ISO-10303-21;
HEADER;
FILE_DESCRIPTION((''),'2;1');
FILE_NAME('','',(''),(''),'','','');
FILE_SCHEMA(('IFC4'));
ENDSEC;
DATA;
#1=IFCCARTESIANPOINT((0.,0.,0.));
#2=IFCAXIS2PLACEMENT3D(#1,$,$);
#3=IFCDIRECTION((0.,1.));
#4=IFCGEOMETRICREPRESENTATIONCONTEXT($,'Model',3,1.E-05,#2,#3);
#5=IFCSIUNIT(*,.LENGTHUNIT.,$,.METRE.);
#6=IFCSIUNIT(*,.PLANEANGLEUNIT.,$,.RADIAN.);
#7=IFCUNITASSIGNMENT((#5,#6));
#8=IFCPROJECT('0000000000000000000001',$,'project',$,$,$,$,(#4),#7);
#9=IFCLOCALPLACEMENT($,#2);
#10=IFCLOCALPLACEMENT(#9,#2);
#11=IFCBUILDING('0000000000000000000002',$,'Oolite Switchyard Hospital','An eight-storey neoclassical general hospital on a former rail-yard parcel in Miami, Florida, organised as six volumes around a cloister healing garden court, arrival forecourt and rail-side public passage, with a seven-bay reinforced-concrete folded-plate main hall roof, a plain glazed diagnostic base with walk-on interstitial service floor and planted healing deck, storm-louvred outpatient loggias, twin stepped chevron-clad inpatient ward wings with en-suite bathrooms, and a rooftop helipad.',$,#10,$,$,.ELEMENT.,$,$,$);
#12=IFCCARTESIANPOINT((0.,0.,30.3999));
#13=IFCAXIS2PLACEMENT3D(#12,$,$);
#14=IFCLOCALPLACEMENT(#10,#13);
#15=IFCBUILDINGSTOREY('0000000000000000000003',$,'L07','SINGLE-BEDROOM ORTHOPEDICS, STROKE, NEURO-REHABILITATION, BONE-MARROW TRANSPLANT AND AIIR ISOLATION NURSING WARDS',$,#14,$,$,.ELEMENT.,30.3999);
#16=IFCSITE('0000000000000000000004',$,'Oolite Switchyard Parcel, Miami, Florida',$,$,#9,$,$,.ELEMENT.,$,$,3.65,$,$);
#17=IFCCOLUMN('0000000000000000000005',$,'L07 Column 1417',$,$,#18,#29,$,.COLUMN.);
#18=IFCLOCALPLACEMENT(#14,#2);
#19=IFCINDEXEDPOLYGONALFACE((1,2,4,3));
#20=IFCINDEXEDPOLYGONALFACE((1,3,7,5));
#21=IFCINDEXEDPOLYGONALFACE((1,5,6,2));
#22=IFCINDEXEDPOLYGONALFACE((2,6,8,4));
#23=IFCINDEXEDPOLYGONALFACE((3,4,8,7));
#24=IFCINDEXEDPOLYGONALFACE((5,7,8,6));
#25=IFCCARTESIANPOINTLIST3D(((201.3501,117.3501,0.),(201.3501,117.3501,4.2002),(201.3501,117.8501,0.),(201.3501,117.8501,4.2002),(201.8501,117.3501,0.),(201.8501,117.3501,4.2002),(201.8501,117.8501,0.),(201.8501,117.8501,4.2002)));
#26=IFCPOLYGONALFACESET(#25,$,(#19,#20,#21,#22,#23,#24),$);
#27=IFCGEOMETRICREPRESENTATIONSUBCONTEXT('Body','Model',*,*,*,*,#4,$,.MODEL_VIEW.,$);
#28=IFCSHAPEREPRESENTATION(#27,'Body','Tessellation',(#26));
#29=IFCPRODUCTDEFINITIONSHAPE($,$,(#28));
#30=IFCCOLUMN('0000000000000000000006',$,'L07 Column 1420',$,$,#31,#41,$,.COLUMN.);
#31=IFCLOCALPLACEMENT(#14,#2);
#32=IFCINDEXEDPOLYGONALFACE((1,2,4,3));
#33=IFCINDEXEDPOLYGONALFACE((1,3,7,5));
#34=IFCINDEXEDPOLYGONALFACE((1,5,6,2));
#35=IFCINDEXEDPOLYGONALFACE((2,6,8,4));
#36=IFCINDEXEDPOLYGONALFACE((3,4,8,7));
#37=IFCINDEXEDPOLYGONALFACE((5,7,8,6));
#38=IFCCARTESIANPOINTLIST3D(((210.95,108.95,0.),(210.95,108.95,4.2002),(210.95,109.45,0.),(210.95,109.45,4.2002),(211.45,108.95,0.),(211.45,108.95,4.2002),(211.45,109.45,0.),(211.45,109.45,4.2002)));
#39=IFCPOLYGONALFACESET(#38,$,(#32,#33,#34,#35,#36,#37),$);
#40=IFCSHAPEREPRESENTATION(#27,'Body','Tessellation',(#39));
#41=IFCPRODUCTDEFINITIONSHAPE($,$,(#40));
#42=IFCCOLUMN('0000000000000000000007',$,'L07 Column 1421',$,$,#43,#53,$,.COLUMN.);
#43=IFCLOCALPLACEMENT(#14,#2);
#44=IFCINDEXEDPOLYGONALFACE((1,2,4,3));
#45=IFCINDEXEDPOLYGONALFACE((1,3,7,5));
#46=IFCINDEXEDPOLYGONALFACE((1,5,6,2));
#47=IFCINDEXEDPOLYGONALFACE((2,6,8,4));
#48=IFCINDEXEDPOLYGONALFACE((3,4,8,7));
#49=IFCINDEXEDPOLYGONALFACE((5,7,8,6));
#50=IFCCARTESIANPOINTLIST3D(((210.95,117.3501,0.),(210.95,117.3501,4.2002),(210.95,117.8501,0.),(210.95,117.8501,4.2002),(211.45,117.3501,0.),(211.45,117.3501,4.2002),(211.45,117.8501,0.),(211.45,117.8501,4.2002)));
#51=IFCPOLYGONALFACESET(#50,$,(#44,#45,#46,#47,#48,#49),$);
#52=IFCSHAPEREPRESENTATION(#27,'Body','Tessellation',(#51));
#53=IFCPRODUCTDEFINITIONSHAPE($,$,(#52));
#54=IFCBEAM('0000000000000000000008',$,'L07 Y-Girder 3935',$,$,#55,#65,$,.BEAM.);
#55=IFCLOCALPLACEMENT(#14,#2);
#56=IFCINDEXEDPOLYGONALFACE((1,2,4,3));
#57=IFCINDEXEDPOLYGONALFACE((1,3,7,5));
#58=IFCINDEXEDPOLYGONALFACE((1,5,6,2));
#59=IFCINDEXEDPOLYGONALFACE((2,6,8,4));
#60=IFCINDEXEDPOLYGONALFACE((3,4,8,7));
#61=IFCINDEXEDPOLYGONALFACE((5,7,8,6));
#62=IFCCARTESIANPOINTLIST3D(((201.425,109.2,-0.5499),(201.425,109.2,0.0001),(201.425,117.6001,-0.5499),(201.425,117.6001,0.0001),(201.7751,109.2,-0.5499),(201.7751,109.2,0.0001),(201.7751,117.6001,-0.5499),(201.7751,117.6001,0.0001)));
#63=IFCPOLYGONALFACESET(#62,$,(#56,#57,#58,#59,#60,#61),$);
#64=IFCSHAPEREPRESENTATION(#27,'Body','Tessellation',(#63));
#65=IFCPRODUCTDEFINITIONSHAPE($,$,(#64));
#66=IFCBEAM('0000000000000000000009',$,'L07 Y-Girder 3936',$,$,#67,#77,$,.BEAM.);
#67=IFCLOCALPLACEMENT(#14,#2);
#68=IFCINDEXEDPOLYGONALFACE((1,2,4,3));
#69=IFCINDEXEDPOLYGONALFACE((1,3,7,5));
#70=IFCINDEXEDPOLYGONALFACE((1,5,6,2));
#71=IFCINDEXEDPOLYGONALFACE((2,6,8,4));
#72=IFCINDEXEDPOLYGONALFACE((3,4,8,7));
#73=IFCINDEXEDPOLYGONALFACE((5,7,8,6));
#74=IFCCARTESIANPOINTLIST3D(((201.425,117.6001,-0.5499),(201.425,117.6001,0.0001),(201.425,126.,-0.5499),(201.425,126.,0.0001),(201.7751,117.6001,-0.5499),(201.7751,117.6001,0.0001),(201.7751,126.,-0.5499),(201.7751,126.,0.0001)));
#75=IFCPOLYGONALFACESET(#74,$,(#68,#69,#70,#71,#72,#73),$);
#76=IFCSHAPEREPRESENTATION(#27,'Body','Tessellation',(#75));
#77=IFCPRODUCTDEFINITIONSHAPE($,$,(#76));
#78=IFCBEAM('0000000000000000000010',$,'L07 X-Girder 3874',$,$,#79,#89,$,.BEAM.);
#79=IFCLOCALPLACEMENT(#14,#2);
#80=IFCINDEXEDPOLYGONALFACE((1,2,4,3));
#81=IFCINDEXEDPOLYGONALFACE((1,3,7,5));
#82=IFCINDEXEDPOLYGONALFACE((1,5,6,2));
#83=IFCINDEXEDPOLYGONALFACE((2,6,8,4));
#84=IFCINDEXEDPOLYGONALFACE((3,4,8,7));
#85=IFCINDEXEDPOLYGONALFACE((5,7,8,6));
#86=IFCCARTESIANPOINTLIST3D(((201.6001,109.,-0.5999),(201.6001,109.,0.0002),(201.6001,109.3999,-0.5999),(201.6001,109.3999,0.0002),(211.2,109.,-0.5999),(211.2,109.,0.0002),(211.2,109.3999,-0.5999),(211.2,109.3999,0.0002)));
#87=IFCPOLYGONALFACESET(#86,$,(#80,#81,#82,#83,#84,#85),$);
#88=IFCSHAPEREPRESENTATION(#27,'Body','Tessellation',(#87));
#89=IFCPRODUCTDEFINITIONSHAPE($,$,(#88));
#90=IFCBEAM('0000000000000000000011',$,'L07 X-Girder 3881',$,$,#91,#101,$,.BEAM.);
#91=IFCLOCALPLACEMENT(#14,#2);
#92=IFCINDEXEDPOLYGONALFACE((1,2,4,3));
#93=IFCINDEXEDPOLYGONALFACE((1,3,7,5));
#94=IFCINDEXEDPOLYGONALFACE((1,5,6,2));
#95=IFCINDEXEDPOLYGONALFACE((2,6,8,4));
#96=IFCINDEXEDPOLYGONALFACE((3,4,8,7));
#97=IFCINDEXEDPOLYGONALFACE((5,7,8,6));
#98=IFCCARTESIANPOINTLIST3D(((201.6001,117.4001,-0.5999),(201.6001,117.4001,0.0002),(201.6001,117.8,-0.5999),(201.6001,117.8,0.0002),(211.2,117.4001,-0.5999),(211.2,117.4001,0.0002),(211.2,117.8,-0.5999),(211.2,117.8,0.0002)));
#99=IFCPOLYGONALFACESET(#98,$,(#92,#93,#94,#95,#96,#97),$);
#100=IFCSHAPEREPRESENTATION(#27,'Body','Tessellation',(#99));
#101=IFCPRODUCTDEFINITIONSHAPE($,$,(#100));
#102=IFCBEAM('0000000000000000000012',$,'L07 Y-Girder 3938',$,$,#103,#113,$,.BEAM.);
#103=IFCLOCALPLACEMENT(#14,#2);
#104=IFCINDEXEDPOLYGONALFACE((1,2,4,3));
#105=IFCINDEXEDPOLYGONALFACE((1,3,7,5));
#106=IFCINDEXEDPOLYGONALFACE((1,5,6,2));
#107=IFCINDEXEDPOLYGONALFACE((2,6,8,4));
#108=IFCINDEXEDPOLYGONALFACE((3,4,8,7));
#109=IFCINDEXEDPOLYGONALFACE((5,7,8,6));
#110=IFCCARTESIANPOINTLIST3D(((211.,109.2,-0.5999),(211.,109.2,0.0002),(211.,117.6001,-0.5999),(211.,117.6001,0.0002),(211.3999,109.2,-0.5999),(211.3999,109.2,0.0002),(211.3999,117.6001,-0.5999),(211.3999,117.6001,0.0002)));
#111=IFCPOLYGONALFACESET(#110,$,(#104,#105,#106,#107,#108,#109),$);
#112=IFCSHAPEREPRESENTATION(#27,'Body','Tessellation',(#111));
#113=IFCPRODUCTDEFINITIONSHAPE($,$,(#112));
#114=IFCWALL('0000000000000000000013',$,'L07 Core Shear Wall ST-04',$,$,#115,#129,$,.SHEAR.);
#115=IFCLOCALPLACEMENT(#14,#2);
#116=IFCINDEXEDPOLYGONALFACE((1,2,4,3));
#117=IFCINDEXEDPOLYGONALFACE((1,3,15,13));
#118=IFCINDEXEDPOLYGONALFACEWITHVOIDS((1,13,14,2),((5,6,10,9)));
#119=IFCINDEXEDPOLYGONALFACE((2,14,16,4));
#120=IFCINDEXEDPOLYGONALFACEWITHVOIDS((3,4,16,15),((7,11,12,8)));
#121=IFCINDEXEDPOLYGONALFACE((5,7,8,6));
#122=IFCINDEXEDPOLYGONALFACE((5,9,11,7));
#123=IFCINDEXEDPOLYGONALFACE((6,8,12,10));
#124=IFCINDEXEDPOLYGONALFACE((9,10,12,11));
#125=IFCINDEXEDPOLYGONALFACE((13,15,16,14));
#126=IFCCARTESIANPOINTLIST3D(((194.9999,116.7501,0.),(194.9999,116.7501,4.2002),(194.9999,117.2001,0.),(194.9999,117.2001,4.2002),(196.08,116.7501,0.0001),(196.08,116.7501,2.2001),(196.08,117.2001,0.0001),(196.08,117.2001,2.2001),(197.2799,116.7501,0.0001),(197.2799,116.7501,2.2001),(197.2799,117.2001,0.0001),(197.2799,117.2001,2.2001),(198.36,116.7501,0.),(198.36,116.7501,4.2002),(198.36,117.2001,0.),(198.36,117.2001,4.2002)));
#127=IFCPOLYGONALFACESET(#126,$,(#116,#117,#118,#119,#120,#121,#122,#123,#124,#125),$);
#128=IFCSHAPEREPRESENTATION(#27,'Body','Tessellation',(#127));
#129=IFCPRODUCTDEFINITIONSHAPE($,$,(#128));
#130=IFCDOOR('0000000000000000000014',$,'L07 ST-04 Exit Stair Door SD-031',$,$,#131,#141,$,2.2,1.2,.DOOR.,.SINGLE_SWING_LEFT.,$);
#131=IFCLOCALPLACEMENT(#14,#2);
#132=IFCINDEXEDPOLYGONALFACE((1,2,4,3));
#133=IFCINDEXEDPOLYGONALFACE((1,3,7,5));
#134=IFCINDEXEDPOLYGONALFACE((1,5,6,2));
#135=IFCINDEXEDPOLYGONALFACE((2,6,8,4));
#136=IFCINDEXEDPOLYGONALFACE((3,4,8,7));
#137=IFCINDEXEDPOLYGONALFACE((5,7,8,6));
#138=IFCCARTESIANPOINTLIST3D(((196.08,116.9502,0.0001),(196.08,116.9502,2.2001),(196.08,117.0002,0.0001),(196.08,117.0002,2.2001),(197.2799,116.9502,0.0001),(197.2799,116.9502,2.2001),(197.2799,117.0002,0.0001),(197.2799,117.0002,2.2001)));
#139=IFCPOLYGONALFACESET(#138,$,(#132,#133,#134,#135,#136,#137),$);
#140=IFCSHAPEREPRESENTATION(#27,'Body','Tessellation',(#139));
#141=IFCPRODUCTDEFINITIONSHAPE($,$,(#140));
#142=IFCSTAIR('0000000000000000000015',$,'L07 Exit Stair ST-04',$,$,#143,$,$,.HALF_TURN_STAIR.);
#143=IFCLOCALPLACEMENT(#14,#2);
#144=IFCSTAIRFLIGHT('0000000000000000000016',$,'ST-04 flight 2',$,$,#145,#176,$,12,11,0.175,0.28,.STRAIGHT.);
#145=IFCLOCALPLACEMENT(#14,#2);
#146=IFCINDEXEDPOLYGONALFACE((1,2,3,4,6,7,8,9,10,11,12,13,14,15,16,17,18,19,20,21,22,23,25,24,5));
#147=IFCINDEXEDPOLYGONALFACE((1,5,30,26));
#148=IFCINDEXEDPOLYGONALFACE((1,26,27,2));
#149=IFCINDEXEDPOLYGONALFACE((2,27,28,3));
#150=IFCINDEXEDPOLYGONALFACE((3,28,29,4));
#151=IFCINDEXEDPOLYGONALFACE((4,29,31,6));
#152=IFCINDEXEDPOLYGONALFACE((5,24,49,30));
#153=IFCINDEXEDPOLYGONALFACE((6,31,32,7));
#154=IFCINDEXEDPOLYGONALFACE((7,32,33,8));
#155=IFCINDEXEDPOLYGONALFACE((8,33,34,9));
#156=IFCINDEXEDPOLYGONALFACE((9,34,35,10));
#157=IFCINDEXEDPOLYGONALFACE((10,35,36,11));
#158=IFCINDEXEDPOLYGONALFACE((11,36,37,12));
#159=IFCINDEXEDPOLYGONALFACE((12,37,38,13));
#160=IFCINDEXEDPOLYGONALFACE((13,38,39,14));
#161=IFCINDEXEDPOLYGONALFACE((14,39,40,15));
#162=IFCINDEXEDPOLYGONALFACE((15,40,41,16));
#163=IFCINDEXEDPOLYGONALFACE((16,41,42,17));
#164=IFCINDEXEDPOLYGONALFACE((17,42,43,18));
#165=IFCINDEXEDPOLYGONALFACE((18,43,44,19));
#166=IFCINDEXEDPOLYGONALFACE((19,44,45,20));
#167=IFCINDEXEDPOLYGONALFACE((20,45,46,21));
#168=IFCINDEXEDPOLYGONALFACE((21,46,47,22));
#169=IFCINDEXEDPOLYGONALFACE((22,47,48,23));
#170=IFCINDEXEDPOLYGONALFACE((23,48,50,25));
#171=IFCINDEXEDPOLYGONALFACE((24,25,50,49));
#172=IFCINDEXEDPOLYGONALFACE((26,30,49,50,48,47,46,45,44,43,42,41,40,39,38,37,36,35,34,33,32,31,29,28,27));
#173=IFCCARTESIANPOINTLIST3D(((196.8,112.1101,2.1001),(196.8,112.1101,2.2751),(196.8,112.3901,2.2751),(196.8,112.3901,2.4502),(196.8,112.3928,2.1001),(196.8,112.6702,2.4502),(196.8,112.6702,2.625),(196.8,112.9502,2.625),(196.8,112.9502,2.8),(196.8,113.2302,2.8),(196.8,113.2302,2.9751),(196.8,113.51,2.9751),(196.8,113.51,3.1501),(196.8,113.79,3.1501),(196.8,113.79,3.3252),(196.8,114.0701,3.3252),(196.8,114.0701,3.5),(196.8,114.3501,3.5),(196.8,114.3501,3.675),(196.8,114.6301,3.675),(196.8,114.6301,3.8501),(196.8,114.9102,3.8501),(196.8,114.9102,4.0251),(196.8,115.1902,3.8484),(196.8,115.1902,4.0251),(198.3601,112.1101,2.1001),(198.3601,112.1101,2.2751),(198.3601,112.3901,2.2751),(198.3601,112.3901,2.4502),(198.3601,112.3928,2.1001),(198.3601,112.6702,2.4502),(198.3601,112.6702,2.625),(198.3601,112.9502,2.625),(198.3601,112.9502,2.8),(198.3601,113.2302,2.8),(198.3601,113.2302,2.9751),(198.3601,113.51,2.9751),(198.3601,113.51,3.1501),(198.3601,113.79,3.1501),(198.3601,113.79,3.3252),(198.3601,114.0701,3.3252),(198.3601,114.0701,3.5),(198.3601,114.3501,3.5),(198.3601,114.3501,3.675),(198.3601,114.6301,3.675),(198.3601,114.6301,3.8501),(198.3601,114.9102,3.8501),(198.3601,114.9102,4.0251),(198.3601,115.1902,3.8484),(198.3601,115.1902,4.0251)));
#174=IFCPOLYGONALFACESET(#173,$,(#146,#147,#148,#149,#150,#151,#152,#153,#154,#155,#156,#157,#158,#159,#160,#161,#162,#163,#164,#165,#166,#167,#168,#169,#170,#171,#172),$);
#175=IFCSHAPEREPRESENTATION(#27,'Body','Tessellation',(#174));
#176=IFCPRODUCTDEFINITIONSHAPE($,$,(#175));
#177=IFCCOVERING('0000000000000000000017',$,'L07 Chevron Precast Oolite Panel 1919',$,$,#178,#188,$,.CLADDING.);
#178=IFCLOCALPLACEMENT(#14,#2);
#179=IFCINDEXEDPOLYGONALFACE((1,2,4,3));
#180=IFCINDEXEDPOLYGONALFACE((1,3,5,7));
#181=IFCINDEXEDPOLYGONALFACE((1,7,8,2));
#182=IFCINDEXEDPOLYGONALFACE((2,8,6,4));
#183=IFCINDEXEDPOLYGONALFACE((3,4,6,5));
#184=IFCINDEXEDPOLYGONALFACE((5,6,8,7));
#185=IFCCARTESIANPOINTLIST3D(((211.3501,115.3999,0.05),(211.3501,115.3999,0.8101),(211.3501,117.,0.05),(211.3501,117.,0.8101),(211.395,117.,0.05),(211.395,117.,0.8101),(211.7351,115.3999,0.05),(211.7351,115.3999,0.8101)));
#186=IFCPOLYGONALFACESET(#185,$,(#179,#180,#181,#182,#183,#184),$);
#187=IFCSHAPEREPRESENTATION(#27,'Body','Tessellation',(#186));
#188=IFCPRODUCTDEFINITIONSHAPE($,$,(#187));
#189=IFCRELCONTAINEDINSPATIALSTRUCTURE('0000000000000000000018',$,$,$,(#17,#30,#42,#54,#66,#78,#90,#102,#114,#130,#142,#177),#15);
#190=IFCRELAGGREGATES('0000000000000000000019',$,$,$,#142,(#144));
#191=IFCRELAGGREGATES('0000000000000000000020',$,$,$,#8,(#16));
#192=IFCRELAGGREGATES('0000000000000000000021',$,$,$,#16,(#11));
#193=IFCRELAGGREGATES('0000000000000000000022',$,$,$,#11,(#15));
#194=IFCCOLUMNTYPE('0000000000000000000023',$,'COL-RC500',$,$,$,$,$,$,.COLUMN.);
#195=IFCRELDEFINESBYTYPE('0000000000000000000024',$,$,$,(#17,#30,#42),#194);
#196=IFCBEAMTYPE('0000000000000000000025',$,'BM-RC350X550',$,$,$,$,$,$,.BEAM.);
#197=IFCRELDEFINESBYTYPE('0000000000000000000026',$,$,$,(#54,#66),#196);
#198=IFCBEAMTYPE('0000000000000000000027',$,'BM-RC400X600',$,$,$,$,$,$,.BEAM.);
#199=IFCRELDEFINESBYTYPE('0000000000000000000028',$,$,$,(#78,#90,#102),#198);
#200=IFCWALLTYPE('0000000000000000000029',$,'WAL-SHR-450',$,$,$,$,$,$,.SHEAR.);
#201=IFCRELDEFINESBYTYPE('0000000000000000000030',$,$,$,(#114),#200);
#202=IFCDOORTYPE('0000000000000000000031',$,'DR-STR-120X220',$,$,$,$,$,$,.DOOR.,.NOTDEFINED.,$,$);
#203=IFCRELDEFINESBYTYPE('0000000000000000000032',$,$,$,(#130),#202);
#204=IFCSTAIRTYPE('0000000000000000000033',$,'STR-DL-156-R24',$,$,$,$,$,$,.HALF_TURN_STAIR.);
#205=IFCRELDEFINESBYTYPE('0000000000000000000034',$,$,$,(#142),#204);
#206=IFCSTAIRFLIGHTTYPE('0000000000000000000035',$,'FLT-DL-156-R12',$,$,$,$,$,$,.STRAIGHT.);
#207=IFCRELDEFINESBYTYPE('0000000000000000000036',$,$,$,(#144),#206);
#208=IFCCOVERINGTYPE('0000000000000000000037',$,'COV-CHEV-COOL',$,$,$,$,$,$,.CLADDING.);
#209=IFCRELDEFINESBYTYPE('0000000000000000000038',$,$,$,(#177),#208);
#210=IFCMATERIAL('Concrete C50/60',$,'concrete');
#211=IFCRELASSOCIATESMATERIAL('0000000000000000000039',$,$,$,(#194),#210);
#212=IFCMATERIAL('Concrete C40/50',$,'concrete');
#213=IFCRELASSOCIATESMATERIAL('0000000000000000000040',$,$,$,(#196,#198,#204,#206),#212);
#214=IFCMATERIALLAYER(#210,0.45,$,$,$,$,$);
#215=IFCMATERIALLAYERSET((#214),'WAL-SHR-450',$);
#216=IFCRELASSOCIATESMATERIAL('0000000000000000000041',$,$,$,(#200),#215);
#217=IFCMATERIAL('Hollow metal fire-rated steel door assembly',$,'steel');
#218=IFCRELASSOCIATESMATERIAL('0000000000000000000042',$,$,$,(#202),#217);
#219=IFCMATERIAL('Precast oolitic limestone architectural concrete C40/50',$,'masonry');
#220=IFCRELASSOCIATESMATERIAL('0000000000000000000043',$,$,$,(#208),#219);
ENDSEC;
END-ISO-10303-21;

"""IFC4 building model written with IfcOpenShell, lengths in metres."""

from ifc_helpers import new_model, si_unit, direction, frame, frame_2d, origin, origin_2d, place, context, subcontext, project, spatial, polyline, rectangle, outline, extrude, material, layer, layer_set, material_profile, profile_set, type_object, element, fill, aggregate, save


model = new_model("IFC4")

# Units and contexts
model_context = context("Model", 3, precision=1e-05, world=origin(), true_north=direction((0.0, 1.0)))
body_context = subcontext(model_context, "Body", "Model", "MODEL_VIEW")
ifc_project = project(units=[si_unit("LENGTHUNIT", "METRE"), si_unit("PLANEANGLEUNIT", "RADIAN")], contexts=[model_context])

# Site, building, storey
site_placement = place(None, origin())
site = spatial("IfcSite", under=ifc_project, at=site_placement, Name="Oolite Switchyard Parcel, Miami, Florida", CompositionType="ELEMENT", RefElevation=3.65)
building_placement = place(site_placement, origin())
building = spatial("IfcBuilding", under=site, at=building_placement, Name="Oolite Switchyard Hospital", Description="An eight-storey neoclassical general hospital on a former rail-yard parcel in Miami, Florida, organised as six volumes around a cloister healing garden court, arrival forecourt and rail-side public passage, with a seven-bay reinforced-concrete folded-plate main hall roof, a plain glazed diagnostic base with walk-on interstitial service floor and planted healing deck, storm-louvred outpatient loggias, twin stepped chevron-clad inpatient ward wings with en-suite bathrooms, and a rooftop helipad.", CompositionType="ELEMENT")
storey_placement = place(building_placement, frame((0.0, 0.0, 30.3999)))
storey = spatial("IfcBuildingStorey", under=building, at=storey_placement, Name="L07", Description="SINGLE-BEDROOM ORTHOPEDICS, STROKE, NEURO-REHABILITATION, BONE-MARROW TRANSPLANT AND AIIR ISOLATION NURSING WARDS", CompositionType="ELEMENT", Elevation=30.3999)

# Columns
ifc_material_1 = material(Name="Concrete C50/60", Category="concrete")
ifc_material_profile_1 = material_profile(ifc_material_1, rectangle(XDim=0.5, YDim=0.5, at=origin_2d()), Name="RC500X500")
ifc_profile_set_1 = profile_set([ifc_material_profile_1], Name="Concrete C50/60")
column_type = type_object("IfcColumnType", Name="COL-RC500", PredefinedType="COLUMN", material=ifc_profile_set_1)
for number, where, z_axis, x_axis, name in (
    (1, (201.6001, 117.6001, 0.0), (0.0, 0.0, 1.0), (1.0, 0.0, 0.0), "L07 Column 1417"),
    (2, (211.2, 109.2, 0.0), (0.0, 0.0, 1.0), (1.0, 0.0, 0.0), "L07 Column 1420"),
    (3, (211.2, 117.6001, 0.0), (0.0, 0.0, 1.0), (1.0, 0.0, 0.0), "L07 Column 1421"),
):
    element("IfcColumn", number, at=place(storey_placement, frame(where, z_axis=z_axis, x_axis=x_axis)), inside=storey, type_object=column_type, Name=name, PredefinedType="COLUMN", context=body_context, shape_type="SweptSolid", body=[
        extrude(rectangle(XDim=0.5, YDim=0.5, at=origin_2d()), origin(), (0.0, 0.0, 1.0), 4.2002),
    ])

# Beams
ifc_material_2 = material(Name="Concrete C40/50", Category="concrete")
ifc_material_profile_2 = material_profile(ifc_material_2, rectangle(XDim=0.3501, YDim=0.55, at=origin_2d()), Name="RCB350X550")
ifc_profile_set_2 = profile_set([ifc_material_profile_2], Name="Concrete C40/50")
beam_type_1 = type_object("IfcBeamType", Name="BM-RC350X550", PredefinedType="BEAM", material=ifc_profile_set_2)
beam_1_placement = place(storey_placement, frame((201.6001, 109.2, -0.2749), z_axis=(0.0, 1.0, 0.0), x_axis=(-1.0, 0.0, 0.0)))
element("IfcBeam", 4, at=beam_1_placement, inside=storey, type_object=beam_type_1, Name="L07 Y-Girder 3935", PredefinedType="BEAM", context=body_context, shape_type="SweptSolid", body=[
    extrude(rectangle(XDim=0.3501, YDim=0.55, at=origin_2d()), origin(), (0.0, 0.0, 1.0), 8.4001),
])
beam_2_placement = place(storey_placement, frame((201.6001, 117.6001, -0.2749), z_axis=(0.0, 1.0, 0.0), x_axis=(-1.0, 0.0, 0.0)))
element("IfcBeam", 5, at=beam_2_placement, inside=storey, type_object=beam_type_1, Name="L07 Y-Girder 3936", PredefinedType="BEAM", context=body_context, shape_type="SweptSolid", body=[
    extrude(rectangle(XDim=0.3501, YDim=0.55, at=origin_2d()), origin(), (0.0, 0.0, 1.0), 8.3999),
])
ifc_material_profile_3 = material_profile(ifc_material_2, rectangle(XDim=0.3999, YDim=0.6001, at=origin_2d()), Name="RCB400X600")
ifc_profile_set_3 = profile_set([ifc_material_profile_3], Name="Concrete C40/50")
beam_type_2 = type_object("IfcBeamType", Name="BM-RC400X600", PredefinedType="BEAM", material=ifc_profile_set_3)
for number, where, z_axis, x_axis, name in (
    (6, (201.6001, 109.2, -0.2998), (1.0, 0.0, 0.0), (0.0, 1.0, 0.0), "L07 X-Girder 3874"),
    (7, (201.6001, 117.6001, -0.2998), (1.0, 0.0, 0.0), (0.0, 1.0, 0.0), "L07 X-Girder 3881"),
):
    element("IfcBeam", number, at=place(storey_placement, frame(where, z_axis=z_axis, x_axis=x_axis)), inside=storey, type_object=beam_type_2, Name=name, PredefinedType="BEAM", context=body_context, shape_type="SweptSolid", body=[
        extrude(rectangle(XDim=0.3999, YDim=0.6001, at=origin_2d()), origin(), (0.0, 0.0, 1.0), 9.5999),
    ])
beam_3_placement = place(storey_placement, frame((211.2, 109.2, -0.2998), z_axis=(0.0, 1.0, 0.0), x_axis=(-1.0, 0.0, 0.0)))
element("IfcBeam", 8, at=beam_3_placement, inside=storey, type_object=beam_type_2, Name="L07 Y-Girder 3938", PredefinedType="BEAM", context=body_context, shape_type="SweptSolid", body=[
    extrude(rectangle(XDim=0.3999, YDim=0.6001, at=origin_2d()), origin(), (0.0, 0.0, 1.0), 8.4001),
])

# Wall, opening, door
ifc_layer = layer(ifc_material_1, 0.45)
ifc_layer_set = layer_set([ifc_layer], Name="WAL-SHR-450")
wall_type = type_object("IfcWallType", Name="WAL-SHR-450", PredefinedType="SHEAR", material=ifc_layer_set)
wall_placement = place(storey_placement, frame((198.3601, 116.9751, 0.0), z_axis=(0.0, 0.0, 1.0), x_axis=(-1.0, 0.0, 0.0)))
wall = element("IfcWall", 9, at=wall_placement, inside=storey, type_object=wall_type, Name="L07 Core Shear Wall ST-04", PredefinedType="SHEAR", context=body_context, shape_type="SweptSolid", body=[
    extrude(rectangle(XDim=3.3601, YDim=0.45, at=frame_2d((1.6802, 0.0))), origin(), (0.0, 0.0, 1.0), 4.2002),
])
opening_placement = place(wall_placement, frame((1.0801, 0.0, 0.0)))
opening = element("IfcOpeningElement", 10, at=opening_placement, cuts=wall, PredefinedType="OPENING", context=body_context, shape_type="SweptSolid", body=[
    extrude(rectangle(XDim=1.2, YDim=2.2, at=frame_2d((0.6001, 1.1001))), frame((0.0, 0.2349, 0.0), z_axis=(0.0, -1.0, 0.0), x_axis=(1.0, 0.0, 0.0)), (0.0, 0.0, 1.0), 0.47),
])
ifc_material_3 = material(Name="Hollow metal fire-rated steel door assembly", Category="steel")
door_type = type_object("IfcDoorType", Name="DR-STR-120X220", OperationType="NOTDEFINED", PredefinedType="DOOR", material=ifc_material_3)
door_placement = place(opening_placement, origin())
door = element("IfcDoor", 11, at=door_placement, inside=storey, type_object=door_type, Name="L07 ST-04 Exit Stair Door SD-031", OperationType="SINGLE_SWING_LEFT", OverallHeight=2.2, OverallWidth=1.2, PredefinedType="DOOR", context=body_context, shape_type="SweptSolid", body=[
    extrude(rectangle(XDim=1.2, YDim=2.2, at=frame_2d((0.6001, 1.1001))), frame((0.0, 0.0249, 0.0), z_axis=(0.0, -1.0, 0.0), x_axis=(1.0, 0.0, 0.0)), (0.0, 0.0, 1.0), 0.05),
])
fill(opening, door)

# Stair, stair flight
stair_type = type_object("IfcStairType", Name="STR-DL-156-R24", PredefinedType="HALF_TURN_STAIR", material=ifc_material_2)
stair_placement = place(storey_placement, origin())
stair = element("IfcStair", 12, at=stair_placement, inside=storey, type_object=stair_type, Name="L07 Exit Stair ST-04", PredefinedType="HALF_TURN_STAIR")
stair_flight_type = type_object("IfcStairFlightType", Name="FLT-DL-156-R12", PredefinedType="STRAIGHT", material=ifc_material_2)
stair_flight_placement = place(storey_placement, frame((197.5801, 112.1101, 2.1001), z_axis=(0.0, 0.0, 1.0), x_axis=(0.0, 1.0, 0.0)))
stair_flight = element("IfcStairFlight", 13, at=stair_flight_placement, type_object=stair_flight_type, Name="ST-04 flight 2", NumberOfRisers=12, NumberOfTreads=11, PredefinedType="STRAIGHT", RiserHeight=0.175, TreadLength=0.28, context=body_context, shape_type="SweptSolid", body=[
    extrude(outline(polyline([(0.0, 0.0), (0.0, 0.175), (0.28, 0.175), (0.28, 0.3501), (0.5601, 0.3501), (0.5601, 0.5249), (0.8401, 0.5249), (0.8401, 0.7), (1.1201, 0.7), (1.1201, 0.875), (1.3999, 0.875), (1.3999, 1.05), (1.6799, 1.05), (1.6799, 1.2251), (1.96, 1.2251), (1.96, 1.3999), (2.24, 1.3999), (2.24, 1.575), (2.52, 1.575), (2.52, 1.75), (2.8, 1.75), (2.8, 1.925), (3.0801, 1.925), (3.0801, 2.1001), (3.0801, 1.7483), (0.2827, 0.0), (0.0, 0.0)])), frame((0.0, 0.78, 0.0), z_axis=(0.0, -1.0, 0.0), x_axis=(1.0, 0.0, 0.0)), (0.0, 0.0, 1.0), 1.5601),
])
aggregate(stair, [stair_flight])

# Covering
ifc_material_4 = material(Name="Precast oolitic limestone architectural concrete C40/50", Category="masonry")
covering_type = type_object("IfcCoveringType", Name="COV-CHEV-COOL", PredefinedType="CLADDING", material=ifc_material_4)
covering_1_placement = place(storey_placement, frame((211.3501, 117.0, 0.05), z_axis=(0.0, 0.0, 1.0), x_axis=(0.0, -1.0, 0.0)))
element("IfcCovering", 14, at=covering_1_placement, inside=storey, type_object=covering_type, Name="L07 Chevron Precast Oolite Panel 1919", PredefinedType="CLADDING", context=body_context, shape_type="SweptSolid", body=[
    extrude(outline(polyline([(0.0, 0.0), (1.6001, 0.0), (1.6001, 0.385), (0.0, 0.0449), (0.0, 0.0)])), origin(), (0.0, 0.0, 1.0), 0.76),
])

save(model, "model.ifc")
